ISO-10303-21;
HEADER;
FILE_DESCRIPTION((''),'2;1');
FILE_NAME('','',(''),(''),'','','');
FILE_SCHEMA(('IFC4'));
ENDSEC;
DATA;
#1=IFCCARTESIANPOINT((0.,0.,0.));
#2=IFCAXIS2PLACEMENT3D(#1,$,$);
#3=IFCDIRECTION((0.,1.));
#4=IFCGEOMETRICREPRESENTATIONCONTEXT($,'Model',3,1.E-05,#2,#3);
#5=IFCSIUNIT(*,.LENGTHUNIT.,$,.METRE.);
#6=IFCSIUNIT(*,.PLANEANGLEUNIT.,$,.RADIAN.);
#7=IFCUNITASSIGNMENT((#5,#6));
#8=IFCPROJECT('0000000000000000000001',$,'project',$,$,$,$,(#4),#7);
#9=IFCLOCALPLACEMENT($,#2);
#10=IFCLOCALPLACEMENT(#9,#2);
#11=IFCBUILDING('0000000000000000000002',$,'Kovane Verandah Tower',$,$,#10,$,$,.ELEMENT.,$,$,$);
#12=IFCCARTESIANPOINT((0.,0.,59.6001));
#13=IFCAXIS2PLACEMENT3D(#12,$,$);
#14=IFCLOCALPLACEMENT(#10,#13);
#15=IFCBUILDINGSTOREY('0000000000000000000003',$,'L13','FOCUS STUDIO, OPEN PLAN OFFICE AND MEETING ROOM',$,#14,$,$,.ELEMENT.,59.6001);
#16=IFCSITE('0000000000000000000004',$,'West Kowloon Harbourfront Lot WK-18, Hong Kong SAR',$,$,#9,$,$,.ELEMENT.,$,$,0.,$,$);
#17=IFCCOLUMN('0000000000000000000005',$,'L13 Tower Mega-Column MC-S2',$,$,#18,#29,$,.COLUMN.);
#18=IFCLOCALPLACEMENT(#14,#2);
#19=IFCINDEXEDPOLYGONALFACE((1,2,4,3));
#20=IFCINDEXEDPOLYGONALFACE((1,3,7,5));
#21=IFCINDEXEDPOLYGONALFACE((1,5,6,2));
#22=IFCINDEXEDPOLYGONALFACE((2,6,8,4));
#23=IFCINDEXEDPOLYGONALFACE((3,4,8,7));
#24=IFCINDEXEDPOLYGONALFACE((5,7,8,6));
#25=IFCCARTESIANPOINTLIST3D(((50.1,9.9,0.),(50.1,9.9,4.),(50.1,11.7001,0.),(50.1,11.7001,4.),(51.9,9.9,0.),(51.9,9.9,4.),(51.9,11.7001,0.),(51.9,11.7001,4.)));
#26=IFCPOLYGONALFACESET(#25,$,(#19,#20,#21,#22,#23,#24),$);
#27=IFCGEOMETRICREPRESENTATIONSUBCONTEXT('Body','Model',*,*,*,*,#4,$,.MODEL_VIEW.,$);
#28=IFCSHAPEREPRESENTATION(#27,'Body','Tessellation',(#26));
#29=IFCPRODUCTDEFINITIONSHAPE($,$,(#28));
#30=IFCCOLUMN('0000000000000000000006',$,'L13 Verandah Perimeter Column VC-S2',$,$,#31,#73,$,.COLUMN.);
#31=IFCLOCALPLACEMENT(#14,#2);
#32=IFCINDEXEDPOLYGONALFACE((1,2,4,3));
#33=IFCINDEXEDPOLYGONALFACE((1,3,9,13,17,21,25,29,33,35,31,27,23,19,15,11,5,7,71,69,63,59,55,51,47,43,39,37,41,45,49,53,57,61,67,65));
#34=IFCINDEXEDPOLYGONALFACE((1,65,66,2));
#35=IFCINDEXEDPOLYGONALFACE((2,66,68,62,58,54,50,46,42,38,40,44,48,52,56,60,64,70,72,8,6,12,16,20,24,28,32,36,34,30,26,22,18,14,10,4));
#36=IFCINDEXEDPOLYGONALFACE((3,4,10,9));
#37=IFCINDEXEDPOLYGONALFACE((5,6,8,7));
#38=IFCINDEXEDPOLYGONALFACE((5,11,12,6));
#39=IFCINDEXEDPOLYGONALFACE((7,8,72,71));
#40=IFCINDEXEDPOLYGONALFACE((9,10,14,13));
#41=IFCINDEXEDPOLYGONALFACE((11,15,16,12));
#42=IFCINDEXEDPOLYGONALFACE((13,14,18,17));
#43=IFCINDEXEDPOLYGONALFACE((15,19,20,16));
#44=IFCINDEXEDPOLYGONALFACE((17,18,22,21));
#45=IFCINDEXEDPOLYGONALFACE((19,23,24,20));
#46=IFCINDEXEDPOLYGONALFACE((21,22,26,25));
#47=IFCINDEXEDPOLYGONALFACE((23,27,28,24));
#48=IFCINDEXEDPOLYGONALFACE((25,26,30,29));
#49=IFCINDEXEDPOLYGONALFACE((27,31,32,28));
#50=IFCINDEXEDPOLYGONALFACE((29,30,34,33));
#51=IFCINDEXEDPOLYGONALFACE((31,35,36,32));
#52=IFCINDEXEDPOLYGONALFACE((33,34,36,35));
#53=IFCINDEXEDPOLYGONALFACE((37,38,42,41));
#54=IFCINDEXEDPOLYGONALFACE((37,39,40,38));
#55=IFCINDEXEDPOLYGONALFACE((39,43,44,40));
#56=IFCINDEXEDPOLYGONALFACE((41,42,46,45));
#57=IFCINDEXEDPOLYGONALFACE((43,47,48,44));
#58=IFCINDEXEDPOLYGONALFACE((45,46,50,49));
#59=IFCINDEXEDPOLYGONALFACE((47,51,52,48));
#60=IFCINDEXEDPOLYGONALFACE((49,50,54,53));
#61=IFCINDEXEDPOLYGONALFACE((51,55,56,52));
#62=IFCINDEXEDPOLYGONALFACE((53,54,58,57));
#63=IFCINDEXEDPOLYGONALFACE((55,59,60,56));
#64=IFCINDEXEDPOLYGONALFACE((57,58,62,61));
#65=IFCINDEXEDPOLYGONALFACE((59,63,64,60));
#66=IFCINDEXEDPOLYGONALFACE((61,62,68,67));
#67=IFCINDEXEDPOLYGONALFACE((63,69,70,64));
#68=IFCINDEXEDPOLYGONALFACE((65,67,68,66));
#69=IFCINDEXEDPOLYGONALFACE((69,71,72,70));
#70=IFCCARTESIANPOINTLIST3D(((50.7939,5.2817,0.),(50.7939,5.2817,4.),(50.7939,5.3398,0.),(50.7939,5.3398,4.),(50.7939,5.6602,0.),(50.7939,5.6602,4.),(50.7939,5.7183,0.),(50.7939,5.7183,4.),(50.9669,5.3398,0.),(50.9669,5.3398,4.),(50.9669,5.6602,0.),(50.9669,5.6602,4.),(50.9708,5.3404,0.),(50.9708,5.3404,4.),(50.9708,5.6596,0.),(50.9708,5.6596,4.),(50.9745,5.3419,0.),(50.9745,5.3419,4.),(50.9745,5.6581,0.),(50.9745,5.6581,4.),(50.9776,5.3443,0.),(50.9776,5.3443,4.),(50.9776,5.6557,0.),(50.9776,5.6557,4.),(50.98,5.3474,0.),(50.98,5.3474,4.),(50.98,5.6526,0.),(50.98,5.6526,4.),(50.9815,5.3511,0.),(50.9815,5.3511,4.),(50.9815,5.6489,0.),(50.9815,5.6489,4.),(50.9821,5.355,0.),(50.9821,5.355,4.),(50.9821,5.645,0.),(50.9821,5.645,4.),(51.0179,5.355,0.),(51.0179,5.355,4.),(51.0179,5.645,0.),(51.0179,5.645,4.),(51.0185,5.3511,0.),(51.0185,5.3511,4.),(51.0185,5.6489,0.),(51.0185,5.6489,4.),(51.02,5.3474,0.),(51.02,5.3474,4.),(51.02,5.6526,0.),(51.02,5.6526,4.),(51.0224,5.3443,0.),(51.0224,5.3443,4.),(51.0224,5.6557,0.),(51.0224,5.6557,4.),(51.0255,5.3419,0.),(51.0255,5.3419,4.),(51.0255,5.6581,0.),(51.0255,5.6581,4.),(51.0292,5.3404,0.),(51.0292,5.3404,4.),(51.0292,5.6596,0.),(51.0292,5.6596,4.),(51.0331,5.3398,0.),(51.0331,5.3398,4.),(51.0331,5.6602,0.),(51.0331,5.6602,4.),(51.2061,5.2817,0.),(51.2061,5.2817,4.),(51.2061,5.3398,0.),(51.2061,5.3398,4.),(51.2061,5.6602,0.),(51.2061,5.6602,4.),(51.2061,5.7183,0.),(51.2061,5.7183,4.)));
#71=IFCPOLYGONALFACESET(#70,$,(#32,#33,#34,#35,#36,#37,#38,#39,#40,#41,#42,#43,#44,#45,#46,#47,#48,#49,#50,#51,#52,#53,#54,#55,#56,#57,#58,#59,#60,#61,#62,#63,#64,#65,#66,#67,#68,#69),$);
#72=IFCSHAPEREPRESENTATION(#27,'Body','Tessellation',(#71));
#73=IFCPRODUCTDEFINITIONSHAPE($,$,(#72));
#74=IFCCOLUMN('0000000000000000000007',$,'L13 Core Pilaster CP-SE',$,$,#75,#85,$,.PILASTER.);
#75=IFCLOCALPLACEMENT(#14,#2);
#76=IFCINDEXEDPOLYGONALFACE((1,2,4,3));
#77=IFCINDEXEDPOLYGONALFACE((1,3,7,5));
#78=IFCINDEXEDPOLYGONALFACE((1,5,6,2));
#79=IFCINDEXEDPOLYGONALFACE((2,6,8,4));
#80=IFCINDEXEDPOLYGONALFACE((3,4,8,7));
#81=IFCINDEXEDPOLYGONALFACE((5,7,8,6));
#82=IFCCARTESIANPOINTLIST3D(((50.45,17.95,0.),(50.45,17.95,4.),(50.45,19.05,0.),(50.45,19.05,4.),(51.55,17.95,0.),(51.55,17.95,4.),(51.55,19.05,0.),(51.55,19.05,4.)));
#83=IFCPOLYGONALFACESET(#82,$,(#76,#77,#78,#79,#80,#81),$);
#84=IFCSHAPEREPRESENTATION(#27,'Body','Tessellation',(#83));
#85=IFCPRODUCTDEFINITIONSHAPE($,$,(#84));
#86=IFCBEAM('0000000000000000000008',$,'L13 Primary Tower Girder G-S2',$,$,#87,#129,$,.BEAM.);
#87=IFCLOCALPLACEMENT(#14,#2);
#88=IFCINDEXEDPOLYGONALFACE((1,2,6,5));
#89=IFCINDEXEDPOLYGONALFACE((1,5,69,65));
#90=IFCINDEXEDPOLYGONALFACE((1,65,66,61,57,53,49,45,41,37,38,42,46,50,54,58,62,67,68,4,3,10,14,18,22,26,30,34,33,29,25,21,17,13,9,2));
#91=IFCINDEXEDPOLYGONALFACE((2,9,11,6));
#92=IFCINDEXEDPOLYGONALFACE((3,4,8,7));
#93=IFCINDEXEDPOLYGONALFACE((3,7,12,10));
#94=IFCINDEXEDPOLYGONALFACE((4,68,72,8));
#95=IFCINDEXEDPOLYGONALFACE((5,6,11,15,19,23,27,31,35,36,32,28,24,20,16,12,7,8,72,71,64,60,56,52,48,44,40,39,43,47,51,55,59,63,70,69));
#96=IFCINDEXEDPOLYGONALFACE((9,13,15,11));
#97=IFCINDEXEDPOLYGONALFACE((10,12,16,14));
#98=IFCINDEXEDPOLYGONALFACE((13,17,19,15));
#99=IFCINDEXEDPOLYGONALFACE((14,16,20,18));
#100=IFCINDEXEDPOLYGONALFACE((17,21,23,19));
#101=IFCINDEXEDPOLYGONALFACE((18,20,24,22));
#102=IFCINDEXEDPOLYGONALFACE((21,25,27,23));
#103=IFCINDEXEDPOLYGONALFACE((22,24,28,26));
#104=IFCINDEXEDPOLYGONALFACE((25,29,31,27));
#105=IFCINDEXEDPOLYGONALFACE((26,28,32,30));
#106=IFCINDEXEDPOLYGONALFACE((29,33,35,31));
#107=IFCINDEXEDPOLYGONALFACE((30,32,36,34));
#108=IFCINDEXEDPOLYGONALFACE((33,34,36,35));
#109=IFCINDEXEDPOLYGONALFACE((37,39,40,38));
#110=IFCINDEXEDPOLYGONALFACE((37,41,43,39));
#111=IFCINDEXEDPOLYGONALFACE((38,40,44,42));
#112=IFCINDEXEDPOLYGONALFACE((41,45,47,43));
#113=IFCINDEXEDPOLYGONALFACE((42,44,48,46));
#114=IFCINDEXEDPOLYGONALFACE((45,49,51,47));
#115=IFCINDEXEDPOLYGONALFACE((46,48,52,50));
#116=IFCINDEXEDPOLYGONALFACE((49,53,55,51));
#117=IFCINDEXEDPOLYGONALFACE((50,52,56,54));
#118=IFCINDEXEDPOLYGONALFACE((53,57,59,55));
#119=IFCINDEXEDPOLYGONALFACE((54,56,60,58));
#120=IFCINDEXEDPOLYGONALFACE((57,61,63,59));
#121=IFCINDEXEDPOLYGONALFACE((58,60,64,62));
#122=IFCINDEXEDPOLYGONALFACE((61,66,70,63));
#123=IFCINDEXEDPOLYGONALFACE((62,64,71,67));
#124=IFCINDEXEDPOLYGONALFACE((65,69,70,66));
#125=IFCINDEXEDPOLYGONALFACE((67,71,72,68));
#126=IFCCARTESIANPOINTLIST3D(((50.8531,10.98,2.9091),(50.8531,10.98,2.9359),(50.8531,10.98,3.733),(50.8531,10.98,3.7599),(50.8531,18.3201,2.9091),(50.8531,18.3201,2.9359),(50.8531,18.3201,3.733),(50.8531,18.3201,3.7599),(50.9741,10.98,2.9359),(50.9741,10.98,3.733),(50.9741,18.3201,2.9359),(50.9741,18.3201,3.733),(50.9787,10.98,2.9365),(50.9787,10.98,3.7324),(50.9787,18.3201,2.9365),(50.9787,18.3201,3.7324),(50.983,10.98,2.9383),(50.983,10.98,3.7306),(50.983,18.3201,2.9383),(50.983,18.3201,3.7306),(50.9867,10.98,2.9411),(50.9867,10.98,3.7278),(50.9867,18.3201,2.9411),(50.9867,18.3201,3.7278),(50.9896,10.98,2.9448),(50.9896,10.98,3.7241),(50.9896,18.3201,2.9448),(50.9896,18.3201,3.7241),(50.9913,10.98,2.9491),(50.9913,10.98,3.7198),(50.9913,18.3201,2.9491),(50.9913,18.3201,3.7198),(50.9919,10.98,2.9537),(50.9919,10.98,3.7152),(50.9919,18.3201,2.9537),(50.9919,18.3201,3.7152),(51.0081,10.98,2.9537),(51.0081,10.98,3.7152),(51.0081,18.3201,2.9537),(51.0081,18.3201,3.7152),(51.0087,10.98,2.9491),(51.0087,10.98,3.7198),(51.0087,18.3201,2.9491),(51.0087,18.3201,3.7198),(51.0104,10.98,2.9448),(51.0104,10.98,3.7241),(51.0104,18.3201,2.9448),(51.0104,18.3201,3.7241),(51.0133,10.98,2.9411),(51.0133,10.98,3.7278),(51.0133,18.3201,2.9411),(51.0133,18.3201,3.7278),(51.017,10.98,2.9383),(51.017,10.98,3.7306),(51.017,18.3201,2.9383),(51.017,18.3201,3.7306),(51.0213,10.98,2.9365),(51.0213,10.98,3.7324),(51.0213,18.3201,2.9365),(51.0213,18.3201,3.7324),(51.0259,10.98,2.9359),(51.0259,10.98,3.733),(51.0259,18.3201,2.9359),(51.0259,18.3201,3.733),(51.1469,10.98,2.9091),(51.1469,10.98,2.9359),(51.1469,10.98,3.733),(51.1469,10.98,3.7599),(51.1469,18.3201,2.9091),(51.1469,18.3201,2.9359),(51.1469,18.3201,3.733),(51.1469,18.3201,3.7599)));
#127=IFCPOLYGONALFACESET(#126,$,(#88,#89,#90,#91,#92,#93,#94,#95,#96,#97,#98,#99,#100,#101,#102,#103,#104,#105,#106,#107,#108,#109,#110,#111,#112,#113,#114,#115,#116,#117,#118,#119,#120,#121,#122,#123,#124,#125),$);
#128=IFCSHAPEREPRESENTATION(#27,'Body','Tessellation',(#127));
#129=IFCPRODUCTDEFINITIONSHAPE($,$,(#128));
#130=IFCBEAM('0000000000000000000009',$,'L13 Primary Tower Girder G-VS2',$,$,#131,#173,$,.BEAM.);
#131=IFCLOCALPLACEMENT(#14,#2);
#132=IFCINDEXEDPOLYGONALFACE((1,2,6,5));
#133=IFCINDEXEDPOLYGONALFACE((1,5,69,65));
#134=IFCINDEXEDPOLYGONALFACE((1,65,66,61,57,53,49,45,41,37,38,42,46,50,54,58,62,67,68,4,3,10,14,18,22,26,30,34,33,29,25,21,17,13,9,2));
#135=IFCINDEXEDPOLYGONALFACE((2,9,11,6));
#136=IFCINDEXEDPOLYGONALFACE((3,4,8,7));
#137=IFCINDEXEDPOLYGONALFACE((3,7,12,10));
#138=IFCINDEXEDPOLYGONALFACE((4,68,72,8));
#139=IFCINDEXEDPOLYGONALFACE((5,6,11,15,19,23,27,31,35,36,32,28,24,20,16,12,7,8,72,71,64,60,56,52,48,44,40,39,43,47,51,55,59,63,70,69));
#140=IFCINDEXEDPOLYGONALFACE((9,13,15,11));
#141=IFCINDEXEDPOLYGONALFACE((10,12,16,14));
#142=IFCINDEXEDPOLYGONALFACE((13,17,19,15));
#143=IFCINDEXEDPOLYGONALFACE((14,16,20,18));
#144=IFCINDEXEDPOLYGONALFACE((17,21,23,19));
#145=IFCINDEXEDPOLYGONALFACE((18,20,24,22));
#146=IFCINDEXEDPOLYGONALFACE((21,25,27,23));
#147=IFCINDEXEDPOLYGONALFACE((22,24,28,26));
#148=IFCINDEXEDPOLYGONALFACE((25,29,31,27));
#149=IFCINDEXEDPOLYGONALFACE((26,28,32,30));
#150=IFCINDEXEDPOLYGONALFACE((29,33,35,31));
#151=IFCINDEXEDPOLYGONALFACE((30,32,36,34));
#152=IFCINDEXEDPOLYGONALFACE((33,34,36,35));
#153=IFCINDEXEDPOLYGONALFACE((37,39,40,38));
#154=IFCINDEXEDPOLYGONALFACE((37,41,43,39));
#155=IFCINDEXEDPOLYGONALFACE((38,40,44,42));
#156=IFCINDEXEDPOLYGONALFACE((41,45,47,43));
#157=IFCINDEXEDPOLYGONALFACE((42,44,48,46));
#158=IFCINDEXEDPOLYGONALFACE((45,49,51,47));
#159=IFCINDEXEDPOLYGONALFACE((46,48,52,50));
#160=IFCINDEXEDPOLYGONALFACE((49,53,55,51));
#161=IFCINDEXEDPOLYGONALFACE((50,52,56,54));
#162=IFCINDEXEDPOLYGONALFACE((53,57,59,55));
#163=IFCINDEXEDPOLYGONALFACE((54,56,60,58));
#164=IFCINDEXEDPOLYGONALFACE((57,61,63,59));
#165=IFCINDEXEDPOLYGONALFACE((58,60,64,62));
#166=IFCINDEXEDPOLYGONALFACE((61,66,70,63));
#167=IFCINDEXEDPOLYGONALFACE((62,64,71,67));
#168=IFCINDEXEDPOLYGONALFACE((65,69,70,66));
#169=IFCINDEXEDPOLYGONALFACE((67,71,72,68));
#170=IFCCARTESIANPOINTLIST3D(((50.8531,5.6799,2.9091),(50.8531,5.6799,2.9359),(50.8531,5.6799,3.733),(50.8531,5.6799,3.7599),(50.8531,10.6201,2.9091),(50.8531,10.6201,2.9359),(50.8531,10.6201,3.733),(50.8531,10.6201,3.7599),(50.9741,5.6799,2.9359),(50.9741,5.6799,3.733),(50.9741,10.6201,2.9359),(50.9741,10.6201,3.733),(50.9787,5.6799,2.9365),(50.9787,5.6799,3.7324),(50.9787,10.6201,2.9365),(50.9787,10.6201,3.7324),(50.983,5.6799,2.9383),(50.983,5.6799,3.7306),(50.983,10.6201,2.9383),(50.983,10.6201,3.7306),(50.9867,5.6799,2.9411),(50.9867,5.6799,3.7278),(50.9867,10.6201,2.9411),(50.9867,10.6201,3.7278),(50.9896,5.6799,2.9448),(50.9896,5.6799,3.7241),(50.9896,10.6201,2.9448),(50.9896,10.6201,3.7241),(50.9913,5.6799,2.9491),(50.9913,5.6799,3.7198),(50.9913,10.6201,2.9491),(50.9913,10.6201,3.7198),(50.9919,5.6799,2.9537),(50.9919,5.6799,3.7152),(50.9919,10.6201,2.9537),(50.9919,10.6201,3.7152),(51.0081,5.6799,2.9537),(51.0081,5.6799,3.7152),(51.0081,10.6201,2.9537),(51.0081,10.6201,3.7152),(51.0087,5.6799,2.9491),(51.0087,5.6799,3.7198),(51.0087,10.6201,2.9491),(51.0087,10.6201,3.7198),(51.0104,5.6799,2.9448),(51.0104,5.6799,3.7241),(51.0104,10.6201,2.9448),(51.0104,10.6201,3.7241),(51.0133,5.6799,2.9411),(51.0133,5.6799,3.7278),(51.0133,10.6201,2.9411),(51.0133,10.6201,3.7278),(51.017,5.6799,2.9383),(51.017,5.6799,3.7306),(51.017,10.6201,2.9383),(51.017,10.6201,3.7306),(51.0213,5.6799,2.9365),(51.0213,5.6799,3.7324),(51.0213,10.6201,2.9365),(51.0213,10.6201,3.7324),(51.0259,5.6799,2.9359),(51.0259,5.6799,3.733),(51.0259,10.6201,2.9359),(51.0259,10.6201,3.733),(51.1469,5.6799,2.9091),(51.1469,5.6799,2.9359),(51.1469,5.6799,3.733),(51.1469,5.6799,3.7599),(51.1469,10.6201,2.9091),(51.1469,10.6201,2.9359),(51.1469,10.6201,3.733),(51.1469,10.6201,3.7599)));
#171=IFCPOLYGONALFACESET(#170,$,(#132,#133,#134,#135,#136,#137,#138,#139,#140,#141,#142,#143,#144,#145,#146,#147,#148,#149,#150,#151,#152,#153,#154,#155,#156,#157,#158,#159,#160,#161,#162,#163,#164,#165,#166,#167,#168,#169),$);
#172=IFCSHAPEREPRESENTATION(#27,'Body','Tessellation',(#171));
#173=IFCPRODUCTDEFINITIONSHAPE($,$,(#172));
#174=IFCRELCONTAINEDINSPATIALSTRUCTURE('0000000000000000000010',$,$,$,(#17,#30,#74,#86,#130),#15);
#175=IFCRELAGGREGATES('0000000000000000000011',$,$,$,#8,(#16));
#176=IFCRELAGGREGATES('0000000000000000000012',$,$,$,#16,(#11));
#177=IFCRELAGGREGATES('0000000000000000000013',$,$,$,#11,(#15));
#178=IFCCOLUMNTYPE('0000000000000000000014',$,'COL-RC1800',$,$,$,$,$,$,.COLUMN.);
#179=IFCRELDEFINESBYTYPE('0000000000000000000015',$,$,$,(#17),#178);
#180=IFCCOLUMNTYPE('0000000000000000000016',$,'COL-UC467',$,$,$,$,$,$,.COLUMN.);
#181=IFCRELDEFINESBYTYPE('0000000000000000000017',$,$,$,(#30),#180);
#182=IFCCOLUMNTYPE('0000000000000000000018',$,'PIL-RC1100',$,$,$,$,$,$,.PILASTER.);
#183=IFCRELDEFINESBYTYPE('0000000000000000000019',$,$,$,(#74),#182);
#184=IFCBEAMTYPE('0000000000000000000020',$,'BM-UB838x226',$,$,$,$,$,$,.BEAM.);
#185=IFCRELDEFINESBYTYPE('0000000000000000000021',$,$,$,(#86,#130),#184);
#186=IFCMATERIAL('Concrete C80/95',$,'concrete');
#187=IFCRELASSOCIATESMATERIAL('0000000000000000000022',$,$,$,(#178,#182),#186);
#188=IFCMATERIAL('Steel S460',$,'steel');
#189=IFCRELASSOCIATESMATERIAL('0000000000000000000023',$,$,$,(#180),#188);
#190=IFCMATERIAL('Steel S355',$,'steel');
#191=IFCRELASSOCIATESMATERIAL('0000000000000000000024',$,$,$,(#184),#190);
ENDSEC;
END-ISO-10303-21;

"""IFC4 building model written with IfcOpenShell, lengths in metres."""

from ifc_helpers import new_model, si_unit, direction, frame, origin, origin_2d, place, context, subcontext, project, spatial, rectangle, i_section, extrude, material, material_profile, profile_set, type_object, element, save


model = new_model("IFC4")

# Units and contexts
model_context = context("Model", 3, precision=1e-05, world=origin(), true_north=direction((0.0, 1.0)))
body_context = subcontext(model_context, "Body", "Model", "MODEL_VIEW")
ifc_project = project(units=[si_unit("LENGTHUNIT", "METRE"), si_unit("PLANEANGLEUNIT", "RADIAN")], contexts=[model_context])

# Site, building, storey
site_placement = place(None, origin())
site = spatial("IfcSite", under=ifc_project, at=site_placement, Name="West Kowloon Harbourfront Lot WK-18, Hong Kong SAR", CompositionType="ELEMENT", RefElevation=0.0)
building_placement = place(site_placement, origin())
building = spatial("IfcBuilding", under=site, at=building_placement, Name="Kovane Verandah Tower", CompositionType="ELEMENT")
storey_placement = place(building_placement, frame((0.0, 0.0, 59.6001)))
storey = spatial("IfcBuildingStorey", under=building, at=storey_placement, Name="L13", Description="FOCUS STUDIO, OPEN PLAN OFFICE AND MEETING ROOM", CompositionType="ELEMENT", Elevation=59.6001)

# Columns
ifc_material_1 = material(Name="Concrete C80/95", Category="concrete")
ifc_material_profile_1 = material_profile(ifc_material_1, rectangle(XDim=1.8, YDim=1.8, at=origin_2d()), Name="RC1800x1800")
ifc_profile_set_1 = profile_set([ifc_material_profile_1], Name="Concrete C80/95")
column_type_1 = type_object("IfcColumnType", Name="COL-RC1800", PredefinedType="COLUMN", material=ifc_profile_set_1)
column_1_placement = place(storey_placement, frame((51.0, 10.8, 0.0), z_axis=(0.0, 0.0, 1.0), x_axis=(1.0, 0.0, 0.0)))
element("IfcColumn", 1, at=column_1_placement, inside=storey, type_object=column_type_1, Name="L13 Tower Mega-Column MC-S2", PredefinedType="COLUMN", context=body_context, shape_type="SweptSolid", body=[
    extrude(rectangle(XDim=1.8, YDim=1.8, at=origin_2d()), origin(), (0.0, 0.0, 1.0), 4.0),
])
ifc_material_2 = material(Name="Steel S460", Category="steel")
ifc_material_profile_2 = material_profile(ifc_material_2, i_section(OverallWidth=0.4121, OverallDepth=0.4365, WebThickness=0.0359, FlangeThickness=0.0581, FilletRadius=0.0151, at=origin_2d()), Name="UC356x406x467")
ifc_profile_set_2 = profile_set([ifc_material_profile_2], Name="Steel S460")
column_type_2 = type_object("IfcColumnType", Name="COL-UC467", PredefinedType="COLUMN", material=ifc_profile_set_2)
column_2_placement = place(storey_placement, frame((51.0, 5.5, 0.0), z_axis=(0.0, 0.0, 1.0), x_axis=(1.0, 0.0, 0.0)))
element("IfcColumn", 2, at=column_2_placement, inside=storey, type_object=column_type_2, Name="L13 Verandah Perimeter Column VC-S2", PredefinedType="COLUMN", context=body_context, shape_type="SweptSolid", body=[
    extrude(i_section(OverallWidth=0.4121, OverallDepth=0.4365, WebThickness=0.0359, FlangeThickness=0.0581, FilletRadius=0.0151, at=origin_2d()), origin(), (0.0, 0.0, 1.0), 4.0),
])
ifc_material_profile_3 = material_profile(ifc_material_1, rectangle(XDim=1.1001, YDim=1.1001, at=origin_2d()), Name="RC1100x1100")
ifc_profile_set_3 = profile_set([ifc_material_profile_3], Name="Concrete C80/95")
column_type_3 = type_object("IfcColumnType", Name="PIL-RC1100", PredefinedType="PILASTER", material=ifc_profile_set_3)
column_3_placement = place(storey_placement, frame((51.0, 18.5, 0.0), z_axis=(0.0, 0.0, 1.0), x_axis=(1.0, 0.0, 0.0)))
element("IfcColumn", 3, at=column_3_placement, inside=storey, type_object=column_type_3, Name="L13 Core Pilaster CP-SE", PredefinedType="PILASTER", context=body_context, shape_type="SweptSolid", body=[
    extrude(rectangle(XDim=1.1001, YDim=1.1001, at=origin_2d()), origin(), (0.0, 0.0, 1.0), 4.0),
])

# Beams
ifc_material_3 = material(Name="Steel S355", Category="steel")
ifc_material_profile_4 = material_profile(ifc_material_3, i_section(OverallWidth=0.2937, OverallDepth=0.8508, WebThickness=0.0161, FlangeThickness=0.0269, FilletRadius=0.0178, at=origin_2d()), Name="UB838x292x226")
ifc_profile_set_4 = profile_set([ifc_material_profile_4], Name="Steel S355")
beam_type_1 = type_object("IfcBeamType", Name="BM-UB838x226", PredefinedType="BEAM", material=ifc_profile_set_4)
beam_1_placement = place(storey_placement, frame((51.0, 18.3201, 3.3345), z_axis=(0.0, -1.0, 0.0), x_axis=(1.0, 0.0, 0.0)))
element("IfcBeam", 4, at=beam_1_placement, inside=storey, type_object=beam_type_1, Name="L13 Primary Tower Girder G-S2", PredefinedType="BEAM", context=body_context, shape_type="SweptSolid", body=[
    extrude(i_section(OverallWidth=0.2937, OverallDepth=0.8508, WebThickness=0.0161, FlangeThickness=0.0269, FilletRadius=0.0178, at=origin_2d()), origin(), (0.0, 0.0, 1.0), 7.3401),
])
beam_2_placement = place(storey_placement, frame((51.0, 10.6201, 3.3345), z_axis=(0.0, -1.0, 0.0), x_axis=(1.0, 0.0, 0.0)))
element("IfcBeam", 5, at=beam_2_placement, inside=storey, type_object=beam_type_1, Name="L13 Primary Tower Girder G-VS2", PredefinedType="BEAM", context=body_context, shape_type="SweptSolid", body=[
    extrude(i_section(OverallWidth=0.2937, OverallDepth=0.8508, WebThickness=0.0161, FlangeThickness=0.0269, FilletRadius=0.0178, at=origin_2d()), origin(), (0.0, 0.0, 1.0), 4.9402),
])

save(model, "model.ifc")
